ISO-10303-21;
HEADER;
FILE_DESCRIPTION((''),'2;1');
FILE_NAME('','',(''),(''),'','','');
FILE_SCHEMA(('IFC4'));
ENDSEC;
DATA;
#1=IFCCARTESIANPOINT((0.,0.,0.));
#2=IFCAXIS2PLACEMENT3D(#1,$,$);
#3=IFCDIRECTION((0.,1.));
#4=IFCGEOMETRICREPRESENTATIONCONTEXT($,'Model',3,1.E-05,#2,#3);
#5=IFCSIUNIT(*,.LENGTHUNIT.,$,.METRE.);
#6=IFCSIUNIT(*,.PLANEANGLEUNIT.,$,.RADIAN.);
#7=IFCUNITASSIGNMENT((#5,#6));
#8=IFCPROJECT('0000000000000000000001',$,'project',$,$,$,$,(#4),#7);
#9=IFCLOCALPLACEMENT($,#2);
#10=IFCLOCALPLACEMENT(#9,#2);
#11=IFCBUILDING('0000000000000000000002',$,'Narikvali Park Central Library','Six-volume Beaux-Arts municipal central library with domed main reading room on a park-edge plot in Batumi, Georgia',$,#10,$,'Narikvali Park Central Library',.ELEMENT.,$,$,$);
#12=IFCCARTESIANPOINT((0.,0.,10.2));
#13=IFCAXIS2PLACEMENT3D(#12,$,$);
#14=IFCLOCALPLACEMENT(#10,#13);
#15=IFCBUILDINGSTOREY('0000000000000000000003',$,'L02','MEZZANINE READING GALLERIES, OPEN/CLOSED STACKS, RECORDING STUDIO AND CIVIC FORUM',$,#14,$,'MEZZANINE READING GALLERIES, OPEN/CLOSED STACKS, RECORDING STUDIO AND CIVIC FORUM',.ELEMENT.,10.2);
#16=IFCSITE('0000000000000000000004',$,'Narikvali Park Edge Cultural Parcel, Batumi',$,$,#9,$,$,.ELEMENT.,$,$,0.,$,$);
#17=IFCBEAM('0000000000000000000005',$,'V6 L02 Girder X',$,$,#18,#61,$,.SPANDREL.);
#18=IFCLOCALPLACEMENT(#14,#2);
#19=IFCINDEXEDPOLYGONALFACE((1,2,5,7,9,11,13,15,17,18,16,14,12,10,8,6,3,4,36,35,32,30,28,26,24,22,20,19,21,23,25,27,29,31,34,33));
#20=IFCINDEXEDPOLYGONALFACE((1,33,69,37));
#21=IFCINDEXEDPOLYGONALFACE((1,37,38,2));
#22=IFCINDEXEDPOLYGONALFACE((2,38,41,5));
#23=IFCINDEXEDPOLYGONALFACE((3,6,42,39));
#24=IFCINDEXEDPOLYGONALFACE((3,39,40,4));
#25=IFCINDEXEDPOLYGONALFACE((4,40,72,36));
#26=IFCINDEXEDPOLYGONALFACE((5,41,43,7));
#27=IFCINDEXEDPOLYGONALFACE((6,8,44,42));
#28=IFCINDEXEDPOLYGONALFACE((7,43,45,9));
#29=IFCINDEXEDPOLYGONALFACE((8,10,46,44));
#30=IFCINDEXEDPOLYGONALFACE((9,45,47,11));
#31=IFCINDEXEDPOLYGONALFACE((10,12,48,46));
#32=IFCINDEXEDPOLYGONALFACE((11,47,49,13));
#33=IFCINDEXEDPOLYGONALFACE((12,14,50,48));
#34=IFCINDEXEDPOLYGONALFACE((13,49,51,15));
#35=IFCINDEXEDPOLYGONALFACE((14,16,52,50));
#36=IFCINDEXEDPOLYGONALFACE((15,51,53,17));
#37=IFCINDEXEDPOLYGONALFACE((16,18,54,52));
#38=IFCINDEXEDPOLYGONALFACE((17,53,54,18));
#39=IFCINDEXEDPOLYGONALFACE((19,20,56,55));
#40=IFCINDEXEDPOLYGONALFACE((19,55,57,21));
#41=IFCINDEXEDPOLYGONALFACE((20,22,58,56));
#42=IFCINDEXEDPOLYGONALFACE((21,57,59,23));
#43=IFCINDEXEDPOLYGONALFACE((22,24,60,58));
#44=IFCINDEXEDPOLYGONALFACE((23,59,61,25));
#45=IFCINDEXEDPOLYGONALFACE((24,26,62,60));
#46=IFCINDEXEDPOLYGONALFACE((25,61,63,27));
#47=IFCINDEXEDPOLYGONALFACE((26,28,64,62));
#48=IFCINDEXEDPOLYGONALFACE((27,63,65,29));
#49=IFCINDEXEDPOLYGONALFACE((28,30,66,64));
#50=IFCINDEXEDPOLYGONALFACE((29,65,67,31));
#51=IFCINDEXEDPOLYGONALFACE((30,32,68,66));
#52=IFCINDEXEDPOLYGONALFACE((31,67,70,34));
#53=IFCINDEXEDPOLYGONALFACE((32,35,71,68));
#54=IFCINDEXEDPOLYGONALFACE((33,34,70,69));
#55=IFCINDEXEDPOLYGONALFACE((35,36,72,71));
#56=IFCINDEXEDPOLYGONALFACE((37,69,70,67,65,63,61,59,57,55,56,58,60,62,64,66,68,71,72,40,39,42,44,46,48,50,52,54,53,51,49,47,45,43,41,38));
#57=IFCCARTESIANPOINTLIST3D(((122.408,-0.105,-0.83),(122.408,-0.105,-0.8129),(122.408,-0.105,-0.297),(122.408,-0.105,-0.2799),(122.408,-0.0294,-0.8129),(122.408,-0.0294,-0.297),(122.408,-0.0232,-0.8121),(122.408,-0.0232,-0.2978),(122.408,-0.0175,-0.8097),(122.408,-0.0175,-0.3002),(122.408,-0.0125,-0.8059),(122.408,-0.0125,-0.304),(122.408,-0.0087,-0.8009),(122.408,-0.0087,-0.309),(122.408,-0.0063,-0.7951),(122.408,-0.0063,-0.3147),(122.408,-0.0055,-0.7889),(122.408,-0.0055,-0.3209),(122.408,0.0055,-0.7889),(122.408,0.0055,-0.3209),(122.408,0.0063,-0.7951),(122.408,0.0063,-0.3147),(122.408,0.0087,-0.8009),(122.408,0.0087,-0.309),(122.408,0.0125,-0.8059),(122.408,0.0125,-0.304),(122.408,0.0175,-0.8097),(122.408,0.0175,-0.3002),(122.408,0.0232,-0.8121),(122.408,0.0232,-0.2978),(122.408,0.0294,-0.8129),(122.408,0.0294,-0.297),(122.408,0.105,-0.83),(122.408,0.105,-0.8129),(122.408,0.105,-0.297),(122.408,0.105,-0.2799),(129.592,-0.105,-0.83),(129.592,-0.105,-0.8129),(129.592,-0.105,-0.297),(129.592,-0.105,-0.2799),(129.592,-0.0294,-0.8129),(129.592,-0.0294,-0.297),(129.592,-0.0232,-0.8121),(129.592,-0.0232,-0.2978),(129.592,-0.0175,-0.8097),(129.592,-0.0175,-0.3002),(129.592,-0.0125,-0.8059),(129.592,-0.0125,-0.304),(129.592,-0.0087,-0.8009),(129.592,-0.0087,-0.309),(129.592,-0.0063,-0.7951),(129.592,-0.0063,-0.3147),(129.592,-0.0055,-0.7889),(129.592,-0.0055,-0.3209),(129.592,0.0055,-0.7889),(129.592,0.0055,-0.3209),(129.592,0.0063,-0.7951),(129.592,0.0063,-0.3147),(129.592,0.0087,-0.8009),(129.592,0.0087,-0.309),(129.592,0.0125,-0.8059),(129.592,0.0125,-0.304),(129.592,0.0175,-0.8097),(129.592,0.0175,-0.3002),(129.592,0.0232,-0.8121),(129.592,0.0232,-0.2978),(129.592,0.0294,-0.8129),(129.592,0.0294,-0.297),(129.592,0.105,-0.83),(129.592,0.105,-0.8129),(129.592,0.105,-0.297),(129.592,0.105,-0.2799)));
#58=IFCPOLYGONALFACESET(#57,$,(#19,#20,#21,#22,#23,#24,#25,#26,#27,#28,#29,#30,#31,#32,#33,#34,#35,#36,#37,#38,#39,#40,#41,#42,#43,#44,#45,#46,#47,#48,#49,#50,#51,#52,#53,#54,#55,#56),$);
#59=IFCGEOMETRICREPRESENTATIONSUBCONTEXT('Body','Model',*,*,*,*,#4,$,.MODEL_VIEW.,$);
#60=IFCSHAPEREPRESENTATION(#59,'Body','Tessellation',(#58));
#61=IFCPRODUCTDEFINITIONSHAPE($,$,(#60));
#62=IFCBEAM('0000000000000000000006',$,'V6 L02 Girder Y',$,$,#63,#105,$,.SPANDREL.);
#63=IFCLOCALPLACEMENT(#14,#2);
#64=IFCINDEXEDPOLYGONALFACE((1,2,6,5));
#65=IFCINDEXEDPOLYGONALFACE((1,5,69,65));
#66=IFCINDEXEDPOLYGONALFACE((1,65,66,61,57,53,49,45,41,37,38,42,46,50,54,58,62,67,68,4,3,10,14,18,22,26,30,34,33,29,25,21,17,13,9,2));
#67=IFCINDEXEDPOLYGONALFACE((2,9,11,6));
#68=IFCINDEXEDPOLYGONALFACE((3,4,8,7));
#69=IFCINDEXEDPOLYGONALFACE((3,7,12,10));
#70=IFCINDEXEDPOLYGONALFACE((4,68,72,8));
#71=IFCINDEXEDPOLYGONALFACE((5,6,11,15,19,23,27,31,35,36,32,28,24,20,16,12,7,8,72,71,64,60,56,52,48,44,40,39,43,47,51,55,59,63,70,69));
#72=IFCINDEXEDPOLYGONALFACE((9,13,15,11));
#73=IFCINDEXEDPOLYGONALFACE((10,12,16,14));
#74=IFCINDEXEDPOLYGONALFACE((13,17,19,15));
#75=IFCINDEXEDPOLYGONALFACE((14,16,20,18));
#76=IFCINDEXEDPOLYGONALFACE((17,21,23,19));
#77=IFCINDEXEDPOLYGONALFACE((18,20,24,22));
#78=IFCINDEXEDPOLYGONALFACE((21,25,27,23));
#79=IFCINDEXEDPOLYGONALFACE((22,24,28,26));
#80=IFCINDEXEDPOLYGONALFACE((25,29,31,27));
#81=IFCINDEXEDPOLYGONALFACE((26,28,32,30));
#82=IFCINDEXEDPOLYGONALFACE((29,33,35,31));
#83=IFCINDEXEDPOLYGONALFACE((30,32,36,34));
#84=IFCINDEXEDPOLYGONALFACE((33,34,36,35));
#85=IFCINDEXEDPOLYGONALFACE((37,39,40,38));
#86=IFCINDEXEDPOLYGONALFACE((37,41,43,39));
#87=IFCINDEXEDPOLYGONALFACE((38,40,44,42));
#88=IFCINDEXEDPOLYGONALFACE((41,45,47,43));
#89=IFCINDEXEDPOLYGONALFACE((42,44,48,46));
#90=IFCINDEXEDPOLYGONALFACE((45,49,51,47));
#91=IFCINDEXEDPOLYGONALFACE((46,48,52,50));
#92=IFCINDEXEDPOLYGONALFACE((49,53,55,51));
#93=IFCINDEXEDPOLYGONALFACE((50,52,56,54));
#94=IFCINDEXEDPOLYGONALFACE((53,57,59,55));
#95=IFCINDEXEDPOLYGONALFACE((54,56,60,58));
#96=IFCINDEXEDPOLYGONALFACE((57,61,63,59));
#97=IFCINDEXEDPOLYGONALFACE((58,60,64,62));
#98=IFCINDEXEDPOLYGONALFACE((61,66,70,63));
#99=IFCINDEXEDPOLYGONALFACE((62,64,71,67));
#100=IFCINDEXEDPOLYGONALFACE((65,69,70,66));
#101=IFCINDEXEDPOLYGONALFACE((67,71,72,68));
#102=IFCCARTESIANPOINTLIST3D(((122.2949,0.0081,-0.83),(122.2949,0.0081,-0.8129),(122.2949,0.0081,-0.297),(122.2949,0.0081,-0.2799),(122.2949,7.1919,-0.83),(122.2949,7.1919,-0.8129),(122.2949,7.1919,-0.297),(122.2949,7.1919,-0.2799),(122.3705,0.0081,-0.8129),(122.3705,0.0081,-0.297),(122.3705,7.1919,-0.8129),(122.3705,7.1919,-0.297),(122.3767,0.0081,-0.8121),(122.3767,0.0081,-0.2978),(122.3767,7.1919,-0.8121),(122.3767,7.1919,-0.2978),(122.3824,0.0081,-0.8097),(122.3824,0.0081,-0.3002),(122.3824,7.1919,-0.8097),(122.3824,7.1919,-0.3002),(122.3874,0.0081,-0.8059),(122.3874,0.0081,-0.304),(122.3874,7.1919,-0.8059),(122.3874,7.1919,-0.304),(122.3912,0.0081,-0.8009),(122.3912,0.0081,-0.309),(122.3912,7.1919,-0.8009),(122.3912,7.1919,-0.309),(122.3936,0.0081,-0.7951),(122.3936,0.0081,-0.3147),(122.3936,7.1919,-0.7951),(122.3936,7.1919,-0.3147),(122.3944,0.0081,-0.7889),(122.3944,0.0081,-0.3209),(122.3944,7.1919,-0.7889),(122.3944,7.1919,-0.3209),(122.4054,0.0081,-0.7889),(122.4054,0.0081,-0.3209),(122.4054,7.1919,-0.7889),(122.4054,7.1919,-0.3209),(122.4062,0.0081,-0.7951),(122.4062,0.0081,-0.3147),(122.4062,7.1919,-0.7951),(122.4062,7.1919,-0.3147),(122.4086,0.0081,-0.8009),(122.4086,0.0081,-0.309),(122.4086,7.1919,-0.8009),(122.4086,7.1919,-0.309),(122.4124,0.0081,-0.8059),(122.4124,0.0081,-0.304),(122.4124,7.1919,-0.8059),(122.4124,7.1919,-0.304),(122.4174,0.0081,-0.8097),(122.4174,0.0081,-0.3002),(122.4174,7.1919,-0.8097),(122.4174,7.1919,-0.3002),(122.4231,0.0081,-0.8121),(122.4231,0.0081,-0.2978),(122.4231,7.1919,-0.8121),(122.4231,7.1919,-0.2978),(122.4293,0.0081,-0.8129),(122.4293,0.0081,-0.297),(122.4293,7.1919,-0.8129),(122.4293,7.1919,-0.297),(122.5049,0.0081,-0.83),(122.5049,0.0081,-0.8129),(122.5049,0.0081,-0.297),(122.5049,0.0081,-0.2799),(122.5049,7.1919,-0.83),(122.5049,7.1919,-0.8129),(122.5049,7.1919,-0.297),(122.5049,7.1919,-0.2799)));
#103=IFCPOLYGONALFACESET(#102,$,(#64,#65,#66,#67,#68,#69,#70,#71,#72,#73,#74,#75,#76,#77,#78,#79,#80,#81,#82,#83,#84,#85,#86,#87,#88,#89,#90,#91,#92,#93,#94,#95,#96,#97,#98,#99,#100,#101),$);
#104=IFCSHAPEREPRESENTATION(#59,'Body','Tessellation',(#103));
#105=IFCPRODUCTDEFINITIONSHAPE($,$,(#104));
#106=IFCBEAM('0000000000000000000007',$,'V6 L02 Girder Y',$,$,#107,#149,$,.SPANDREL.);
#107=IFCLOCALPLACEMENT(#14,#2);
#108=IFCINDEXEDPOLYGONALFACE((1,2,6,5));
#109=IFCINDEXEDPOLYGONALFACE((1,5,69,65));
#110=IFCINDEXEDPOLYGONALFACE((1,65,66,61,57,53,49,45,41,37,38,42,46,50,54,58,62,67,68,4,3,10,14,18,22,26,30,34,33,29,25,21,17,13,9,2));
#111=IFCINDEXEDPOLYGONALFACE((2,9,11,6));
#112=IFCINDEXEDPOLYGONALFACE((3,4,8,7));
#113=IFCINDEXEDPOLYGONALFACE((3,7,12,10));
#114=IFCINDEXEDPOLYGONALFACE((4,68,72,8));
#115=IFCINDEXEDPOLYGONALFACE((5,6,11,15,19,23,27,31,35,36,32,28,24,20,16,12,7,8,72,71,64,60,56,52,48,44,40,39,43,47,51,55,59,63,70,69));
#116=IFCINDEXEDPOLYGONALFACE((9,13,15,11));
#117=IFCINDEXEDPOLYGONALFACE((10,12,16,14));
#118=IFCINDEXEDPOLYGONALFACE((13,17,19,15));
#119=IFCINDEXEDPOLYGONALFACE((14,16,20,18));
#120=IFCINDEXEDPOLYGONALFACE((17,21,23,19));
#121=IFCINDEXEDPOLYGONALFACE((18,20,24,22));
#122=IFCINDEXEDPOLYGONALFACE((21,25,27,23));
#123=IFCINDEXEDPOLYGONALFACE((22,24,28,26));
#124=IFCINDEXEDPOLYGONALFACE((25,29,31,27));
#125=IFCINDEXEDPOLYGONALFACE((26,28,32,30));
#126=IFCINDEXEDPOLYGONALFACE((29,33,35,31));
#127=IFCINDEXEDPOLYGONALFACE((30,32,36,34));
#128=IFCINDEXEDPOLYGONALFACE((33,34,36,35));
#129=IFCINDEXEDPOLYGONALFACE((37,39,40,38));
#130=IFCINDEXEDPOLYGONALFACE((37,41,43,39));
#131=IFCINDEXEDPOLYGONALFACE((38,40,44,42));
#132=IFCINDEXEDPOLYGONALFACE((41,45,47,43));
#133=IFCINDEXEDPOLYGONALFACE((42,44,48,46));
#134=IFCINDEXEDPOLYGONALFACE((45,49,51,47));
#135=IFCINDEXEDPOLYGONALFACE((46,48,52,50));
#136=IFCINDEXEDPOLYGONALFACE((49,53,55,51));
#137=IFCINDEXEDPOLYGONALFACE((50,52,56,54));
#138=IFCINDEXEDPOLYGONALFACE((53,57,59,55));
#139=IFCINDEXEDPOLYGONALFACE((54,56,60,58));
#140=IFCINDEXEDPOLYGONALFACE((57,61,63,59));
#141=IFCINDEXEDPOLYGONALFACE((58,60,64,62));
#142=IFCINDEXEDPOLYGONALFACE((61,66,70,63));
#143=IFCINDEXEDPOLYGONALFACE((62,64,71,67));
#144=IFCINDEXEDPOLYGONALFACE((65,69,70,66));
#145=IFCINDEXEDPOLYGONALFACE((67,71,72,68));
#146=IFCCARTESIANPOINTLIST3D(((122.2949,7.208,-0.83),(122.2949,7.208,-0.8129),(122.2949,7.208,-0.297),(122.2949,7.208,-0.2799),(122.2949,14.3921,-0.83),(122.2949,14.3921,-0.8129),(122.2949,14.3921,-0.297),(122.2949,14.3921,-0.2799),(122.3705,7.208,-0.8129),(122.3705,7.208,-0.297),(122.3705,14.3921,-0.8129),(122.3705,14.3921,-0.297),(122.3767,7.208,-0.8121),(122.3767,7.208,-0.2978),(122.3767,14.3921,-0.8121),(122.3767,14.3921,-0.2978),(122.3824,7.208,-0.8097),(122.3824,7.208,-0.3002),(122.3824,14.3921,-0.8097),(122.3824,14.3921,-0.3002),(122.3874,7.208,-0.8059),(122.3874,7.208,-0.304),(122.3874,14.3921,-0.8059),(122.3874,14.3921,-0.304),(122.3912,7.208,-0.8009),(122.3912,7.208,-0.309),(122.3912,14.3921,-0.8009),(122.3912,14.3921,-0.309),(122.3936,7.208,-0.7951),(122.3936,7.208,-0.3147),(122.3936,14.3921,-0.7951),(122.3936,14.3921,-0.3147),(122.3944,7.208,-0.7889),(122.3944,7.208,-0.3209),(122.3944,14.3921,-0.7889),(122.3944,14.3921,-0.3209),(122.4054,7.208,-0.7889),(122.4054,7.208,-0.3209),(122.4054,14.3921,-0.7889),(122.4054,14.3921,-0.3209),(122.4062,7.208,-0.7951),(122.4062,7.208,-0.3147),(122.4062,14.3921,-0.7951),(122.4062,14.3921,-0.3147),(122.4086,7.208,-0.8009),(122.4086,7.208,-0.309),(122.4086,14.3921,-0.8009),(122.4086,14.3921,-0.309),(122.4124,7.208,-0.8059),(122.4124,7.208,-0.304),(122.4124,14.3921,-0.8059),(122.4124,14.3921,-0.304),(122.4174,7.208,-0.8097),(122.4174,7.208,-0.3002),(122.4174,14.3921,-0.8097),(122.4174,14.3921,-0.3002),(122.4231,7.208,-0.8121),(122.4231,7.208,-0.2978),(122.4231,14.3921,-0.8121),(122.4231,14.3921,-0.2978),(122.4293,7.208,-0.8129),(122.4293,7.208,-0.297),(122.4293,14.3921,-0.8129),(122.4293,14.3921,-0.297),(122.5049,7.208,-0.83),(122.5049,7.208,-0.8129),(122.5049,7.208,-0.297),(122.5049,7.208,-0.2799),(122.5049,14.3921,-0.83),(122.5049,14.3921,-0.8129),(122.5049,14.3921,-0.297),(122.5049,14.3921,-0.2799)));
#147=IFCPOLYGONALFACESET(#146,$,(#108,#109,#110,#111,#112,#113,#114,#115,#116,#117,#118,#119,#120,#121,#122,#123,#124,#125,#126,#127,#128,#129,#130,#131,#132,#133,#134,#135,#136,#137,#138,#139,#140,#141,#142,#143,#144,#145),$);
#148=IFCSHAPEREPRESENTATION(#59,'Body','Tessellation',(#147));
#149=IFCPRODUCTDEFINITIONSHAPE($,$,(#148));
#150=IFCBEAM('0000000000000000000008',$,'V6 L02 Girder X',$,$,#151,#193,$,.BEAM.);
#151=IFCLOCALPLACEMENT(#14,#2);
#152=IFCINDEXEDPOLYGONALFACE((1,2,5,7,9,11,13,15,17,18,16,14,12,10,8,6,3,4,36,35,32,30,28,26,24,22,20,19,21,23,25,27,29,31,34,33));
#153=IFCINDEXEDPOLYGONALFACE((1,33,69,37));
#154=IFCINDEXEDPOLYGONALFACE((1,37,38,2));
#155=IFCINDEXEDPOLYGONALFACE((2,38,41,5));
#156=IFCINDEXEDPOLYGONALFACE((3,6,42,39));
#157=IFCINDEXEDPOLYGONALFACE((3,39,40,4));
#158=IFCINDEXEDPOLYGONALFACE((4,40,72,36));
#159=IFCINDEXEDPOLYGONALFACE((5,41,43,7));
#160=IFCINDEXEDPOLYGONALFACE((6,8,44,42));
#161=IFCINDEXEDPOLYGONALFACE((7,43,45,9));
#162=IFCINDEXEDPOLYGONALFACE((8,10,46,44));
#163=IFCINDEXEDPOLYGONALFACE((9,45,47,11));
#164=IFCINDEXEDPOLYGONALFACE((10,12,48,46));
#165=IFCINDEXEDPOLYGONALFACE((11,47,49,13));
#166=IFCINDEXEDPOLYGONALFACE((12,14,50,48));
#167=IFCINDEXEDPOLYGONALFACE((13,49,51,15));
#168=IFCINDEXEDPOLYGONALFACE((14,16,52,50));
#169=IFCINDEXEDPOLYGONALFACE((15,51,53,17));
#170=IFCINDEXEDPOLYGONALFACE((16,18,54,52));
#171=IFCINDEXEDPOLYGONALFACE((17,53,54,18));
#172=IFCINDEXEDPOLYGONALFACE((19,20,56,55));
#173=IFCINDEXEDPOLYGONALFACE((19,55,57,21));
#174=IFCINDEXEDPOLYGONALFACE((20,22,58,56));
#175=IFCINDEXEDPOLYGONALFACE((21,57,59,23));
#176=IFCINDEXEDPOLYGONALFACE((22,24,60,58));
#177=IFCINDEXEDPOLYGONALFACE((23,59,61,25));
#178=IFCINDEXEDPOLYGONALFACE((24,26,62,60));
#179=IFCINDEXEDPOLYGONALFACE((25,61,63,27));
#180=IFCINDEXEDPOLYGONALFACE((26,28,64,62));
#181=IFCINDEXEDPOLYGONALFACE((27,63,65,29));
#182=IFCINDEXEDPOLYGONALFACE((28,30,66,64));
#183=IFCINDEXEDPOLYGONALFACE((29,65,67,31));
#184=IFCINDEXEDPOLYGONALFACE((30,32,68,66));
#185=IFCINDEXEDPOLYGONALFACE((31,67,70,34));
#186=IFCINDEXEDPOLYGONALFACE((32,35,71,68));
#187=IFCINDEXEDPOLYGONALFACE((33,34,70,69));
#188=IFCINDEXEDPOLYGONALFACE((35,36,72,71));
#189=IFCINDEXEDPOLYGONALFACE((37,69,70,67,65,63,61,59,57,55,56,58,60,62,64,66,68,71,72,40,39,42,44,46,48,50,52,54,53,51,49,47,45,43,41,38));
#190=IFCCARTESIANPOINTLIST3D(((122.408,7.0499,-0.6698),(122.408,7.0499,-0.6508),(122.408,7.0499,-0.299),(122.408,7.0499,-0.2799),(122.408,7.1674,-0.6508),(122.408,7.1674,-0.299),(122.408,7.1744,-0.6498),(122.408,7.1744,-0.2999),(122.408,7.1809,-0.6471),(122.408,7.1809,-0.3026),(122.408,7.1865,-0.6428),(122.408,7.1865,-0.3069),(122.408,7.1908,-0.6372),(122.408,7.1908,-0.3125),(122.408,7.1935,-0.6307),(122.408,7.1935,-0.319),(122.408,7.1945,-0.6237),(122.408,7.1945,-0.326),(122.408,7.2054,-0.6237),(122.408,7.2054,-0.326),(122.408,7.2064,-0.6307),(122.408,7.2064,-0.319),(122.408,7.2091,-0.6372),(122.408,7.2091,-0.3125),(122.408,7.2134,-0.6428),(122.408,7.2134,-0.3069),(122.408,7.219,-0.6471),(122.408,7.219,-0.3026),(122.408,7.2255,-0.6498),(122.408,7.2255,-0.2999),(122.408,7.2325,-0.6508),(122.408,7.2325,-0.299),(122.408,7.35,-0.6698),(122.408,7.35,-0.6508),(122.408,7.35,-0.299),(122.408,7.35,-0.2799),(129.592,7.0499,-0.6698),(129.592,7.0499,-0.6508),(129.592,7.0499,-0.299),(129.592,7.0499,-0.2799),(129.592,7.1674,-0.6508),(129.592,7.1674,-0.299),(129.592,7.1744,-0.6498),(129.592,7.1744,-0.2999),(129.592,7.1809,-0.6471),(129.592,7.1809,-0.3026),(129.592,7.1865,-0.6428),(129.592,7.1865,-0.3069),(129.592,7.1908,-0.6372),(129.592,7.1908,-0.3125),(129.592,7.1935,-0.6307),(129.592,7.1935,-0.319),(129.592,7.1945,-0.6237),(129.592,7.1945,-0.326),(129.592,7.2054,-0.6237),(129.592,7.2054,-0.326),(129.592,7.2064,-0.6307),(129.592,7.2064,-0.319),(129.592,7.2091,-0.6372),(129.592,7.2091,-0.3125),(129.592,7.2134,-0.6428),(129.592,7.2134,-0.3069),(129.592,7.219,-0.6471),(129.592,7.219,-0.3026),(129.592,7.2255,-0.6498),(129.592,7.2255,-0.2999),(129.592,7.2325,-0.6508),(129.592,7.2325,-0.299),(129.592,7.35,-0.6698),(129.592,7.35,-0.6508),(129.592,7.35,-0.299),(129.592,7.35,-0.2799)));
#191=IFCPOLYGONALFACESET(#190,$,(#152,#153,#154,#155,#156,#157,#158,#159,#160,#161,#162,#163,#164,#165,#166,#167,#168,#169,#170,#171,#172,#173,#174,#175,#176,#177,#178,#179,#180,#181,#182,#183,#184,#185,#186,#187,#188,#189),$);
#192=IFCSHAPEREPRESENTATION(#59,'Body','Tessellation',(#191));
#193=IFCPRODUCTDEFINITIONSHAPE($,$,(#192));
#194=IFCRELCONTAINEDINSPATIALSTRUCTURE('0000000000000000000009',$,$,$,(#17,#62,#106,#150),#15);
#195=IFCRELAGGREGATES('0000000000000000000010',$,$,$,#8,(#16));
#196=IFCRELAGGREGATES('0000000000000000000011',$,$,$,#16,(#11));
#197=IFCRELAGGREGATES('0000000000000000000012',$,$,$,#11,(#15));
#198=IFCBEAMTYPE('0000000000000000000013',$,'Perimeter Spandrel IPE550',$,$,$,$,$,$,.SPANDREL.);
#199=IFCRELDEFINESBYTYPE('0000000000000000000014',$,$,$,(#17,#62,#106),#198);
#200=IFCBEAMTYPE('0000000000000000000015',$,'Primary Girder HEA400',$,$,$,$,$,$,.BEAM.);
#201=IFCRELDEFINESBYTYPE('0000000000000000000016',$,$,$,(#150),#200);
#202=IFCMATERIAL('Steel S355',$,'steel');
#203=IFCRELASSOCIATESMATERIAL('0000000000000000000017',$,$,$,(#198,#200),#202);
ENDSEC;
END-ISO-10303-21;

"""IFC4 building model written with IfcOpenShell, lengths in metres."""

from ifc_helpers import new_model, si_unit, direction, frame, origin, origin_2d, place, context, subcontext, project, spatial, i_section, extrude, material, material_profile, profile_set, type_object, element, save


model = new_model("IFC4")

# Units and contexts
model_context = context("Model", 3, precision=1e-05, world=origin(), true_north=direction((0.0, 1.0)))
body_context = subcontext(model_context, "Body", "Model", "MODEL_VIEW")
ifc_project = project(units=[si_unit("LENGTHUNIT", "METRE"), si_unit("PLANEANGLEUNIT", "RADIAN")], contexts=[model_context])

# Site, building, storey
site_placement = place(None, origin())
site = spatial("IfcSite", under=ifc_project, at=site_placement, Name="Narikvali Park Edge Cultural Parcel, Batumi", CompositionType="ELEMENT", RefElevation=0.0)
building_placement = place(site_placement, origin())
building = spatial("IfcBuilding", under=site, at=building_placement, Name="Narikvali Park Central Library", Description="Six-volume Beaux-Arts municipal central library with domed main reading room on a park-edge plot in Batumi, Georgia", LongName="Narikvali Park Central Library", CompositionType="ELEMENT")
storey_placement = place(building_placement, frame((0.0, 0.0, 10.2)))
storey = spatial("IfcBuildingStorey", under=building, at=storey_placement, Name="L02", Description="MEZZANINE READING GALLERIES, OPEN/CLOSED STACKS, RECORDING STUDIO AND CIVIC FORUM", LongName="MEZZANINE READING GALLERIES, OPEN/CLOSED STACKS, RECORDING STUDIO AND CIVIC FORUM", CompositionType="ELEMENT", Elevation=10.2)

# Shared definitions
ifc_material_1 = material(Name="Steel S355", Category="steel")

# Beams
ifc_material_profile_1 = material_profile(ifc_material_1, i_section(OverallWidth=0.21, OverallDepth=0.55, WebThickness=0.011, FlangeThickness=0.0171, FilletRadius=0.0239, at=origin_2d()), Name="IPE 550")
ifc_profile_set_1 = profile_set([ifc_material_profile_1], Name="Steel S355")
beam_type_1 = type_object("IfcBeamType", Name="Perimeter Spandrel IPE550", PredefinedType="SPANDREL", material=ifc_profile_set_1)
beam_1_placement = place(storey_placement, frame((122.408, 0.0, -0.5549), z_axis=(1.0, 0.0, 0.0), x_axis=(0.0, 1.0, 0.0)))
element("IfcBeam", 1, at=beam_1_placement, inside=storey, type_object=beam_type_1, Name="V6 L02 Girder X", PredefinedType="SPANDREL", context=body_context, shape_type="SweptSolid", body=[
    extrude(i_section(OverallWidth=0.21, OverallDepth=0.55, WebThickness=0.011, FlangeThickness=0.0171, FilletRadius=0.0239, at=origin_2d()), origin(), (0.0, 0.0, 1.0), 7.1841),
])
beam_2_placement = place(storey_placement, frame((122.3999, 0.0081, -0.5549), z_axis=(0.0, 1.0, 0.0), x_axis=(-1.0, 0.0, 0.0)))
element("IfcBeam", 2, at=beam_2_placement, inside=storey, type_object=beam_type_1, Name="V6 L02 Girder Y", PredefinedType="SPANDREL", context=body_context, shape_type="SweptSolid", body=[
    extrude(i_section(OverallWidth=0.21, OverallDepth=0.55, WebThickness=0.011, FlangeThickness=0.0171, FilletRadius=0.0239, at=origin_2d()), origin(), (0.0, 0.0, 1.0), 7.1838),
])
beam_3_placement = place(storey_placement, frame((122.3999, 7.208, -0.5549), z_axis=(0.0, 1.0, 0.0), x_axis=(-1.0, 0.0, 0.0)))
element("IfcBeam", 3, at=beam_3_placement, inside=storey, type_object=beam_type_1, Name="V6 L02 Girder Y", PredefinedType="SPANDREL", context=body_context, shape_type="SweptSolid", body=[
    extrude(i_section(OverallWidth=0.21, OverallDepth=0.55, WebThickness=0.011, FlangeThickness=0.0171, FilletRadius=0.0239, at=origin_2d()), origin(), (0.0, 0.0, 1.0), 7.1841),
])
ifc_material_profile_2 = material_profile(ifc_material_1, i_section(OverallWidth=0.3, OverallDepth=0.3899, WebThickness=0.011, FlangeThickness=0.019, FilletRadius=0.0271, at=origin_2d()), Name="HEA 400")
ifc_profile_set_2 = profile_set([ifc_material_profile_2], Name="Steel S355")
beam_type_2 = type_object("IfcBeamType", Name="Primary Girder HEA400", PredefinedType="BEAM", material=ifc_profile_set_2)
beam_4_placement = place(storey_placement, frame((122.408, 7.2, -0.4749), z_axis=(1.0, 0.0, 0.0), x_axis=(0.0, 1.0, 0.0)))
element("IfcBeam", 4, at=beam_4_placement, inside=storey, type_object=beam_type_2, Name="V6 L02 Girder X", PredefinedType="BEAM", context=body_context, shape_type="SweptSolid", body=[
    extrude(i_section(OverallWidth=0.3, OverallDepth=0.3899, WebThickness=0.011, FlangeThickness=0.019, FilletRadius=0.0271, at=origin_2d()), origin(), (0.0, 0.0, 1.0), 7.1841),
])

save(model, "model.ifc")
